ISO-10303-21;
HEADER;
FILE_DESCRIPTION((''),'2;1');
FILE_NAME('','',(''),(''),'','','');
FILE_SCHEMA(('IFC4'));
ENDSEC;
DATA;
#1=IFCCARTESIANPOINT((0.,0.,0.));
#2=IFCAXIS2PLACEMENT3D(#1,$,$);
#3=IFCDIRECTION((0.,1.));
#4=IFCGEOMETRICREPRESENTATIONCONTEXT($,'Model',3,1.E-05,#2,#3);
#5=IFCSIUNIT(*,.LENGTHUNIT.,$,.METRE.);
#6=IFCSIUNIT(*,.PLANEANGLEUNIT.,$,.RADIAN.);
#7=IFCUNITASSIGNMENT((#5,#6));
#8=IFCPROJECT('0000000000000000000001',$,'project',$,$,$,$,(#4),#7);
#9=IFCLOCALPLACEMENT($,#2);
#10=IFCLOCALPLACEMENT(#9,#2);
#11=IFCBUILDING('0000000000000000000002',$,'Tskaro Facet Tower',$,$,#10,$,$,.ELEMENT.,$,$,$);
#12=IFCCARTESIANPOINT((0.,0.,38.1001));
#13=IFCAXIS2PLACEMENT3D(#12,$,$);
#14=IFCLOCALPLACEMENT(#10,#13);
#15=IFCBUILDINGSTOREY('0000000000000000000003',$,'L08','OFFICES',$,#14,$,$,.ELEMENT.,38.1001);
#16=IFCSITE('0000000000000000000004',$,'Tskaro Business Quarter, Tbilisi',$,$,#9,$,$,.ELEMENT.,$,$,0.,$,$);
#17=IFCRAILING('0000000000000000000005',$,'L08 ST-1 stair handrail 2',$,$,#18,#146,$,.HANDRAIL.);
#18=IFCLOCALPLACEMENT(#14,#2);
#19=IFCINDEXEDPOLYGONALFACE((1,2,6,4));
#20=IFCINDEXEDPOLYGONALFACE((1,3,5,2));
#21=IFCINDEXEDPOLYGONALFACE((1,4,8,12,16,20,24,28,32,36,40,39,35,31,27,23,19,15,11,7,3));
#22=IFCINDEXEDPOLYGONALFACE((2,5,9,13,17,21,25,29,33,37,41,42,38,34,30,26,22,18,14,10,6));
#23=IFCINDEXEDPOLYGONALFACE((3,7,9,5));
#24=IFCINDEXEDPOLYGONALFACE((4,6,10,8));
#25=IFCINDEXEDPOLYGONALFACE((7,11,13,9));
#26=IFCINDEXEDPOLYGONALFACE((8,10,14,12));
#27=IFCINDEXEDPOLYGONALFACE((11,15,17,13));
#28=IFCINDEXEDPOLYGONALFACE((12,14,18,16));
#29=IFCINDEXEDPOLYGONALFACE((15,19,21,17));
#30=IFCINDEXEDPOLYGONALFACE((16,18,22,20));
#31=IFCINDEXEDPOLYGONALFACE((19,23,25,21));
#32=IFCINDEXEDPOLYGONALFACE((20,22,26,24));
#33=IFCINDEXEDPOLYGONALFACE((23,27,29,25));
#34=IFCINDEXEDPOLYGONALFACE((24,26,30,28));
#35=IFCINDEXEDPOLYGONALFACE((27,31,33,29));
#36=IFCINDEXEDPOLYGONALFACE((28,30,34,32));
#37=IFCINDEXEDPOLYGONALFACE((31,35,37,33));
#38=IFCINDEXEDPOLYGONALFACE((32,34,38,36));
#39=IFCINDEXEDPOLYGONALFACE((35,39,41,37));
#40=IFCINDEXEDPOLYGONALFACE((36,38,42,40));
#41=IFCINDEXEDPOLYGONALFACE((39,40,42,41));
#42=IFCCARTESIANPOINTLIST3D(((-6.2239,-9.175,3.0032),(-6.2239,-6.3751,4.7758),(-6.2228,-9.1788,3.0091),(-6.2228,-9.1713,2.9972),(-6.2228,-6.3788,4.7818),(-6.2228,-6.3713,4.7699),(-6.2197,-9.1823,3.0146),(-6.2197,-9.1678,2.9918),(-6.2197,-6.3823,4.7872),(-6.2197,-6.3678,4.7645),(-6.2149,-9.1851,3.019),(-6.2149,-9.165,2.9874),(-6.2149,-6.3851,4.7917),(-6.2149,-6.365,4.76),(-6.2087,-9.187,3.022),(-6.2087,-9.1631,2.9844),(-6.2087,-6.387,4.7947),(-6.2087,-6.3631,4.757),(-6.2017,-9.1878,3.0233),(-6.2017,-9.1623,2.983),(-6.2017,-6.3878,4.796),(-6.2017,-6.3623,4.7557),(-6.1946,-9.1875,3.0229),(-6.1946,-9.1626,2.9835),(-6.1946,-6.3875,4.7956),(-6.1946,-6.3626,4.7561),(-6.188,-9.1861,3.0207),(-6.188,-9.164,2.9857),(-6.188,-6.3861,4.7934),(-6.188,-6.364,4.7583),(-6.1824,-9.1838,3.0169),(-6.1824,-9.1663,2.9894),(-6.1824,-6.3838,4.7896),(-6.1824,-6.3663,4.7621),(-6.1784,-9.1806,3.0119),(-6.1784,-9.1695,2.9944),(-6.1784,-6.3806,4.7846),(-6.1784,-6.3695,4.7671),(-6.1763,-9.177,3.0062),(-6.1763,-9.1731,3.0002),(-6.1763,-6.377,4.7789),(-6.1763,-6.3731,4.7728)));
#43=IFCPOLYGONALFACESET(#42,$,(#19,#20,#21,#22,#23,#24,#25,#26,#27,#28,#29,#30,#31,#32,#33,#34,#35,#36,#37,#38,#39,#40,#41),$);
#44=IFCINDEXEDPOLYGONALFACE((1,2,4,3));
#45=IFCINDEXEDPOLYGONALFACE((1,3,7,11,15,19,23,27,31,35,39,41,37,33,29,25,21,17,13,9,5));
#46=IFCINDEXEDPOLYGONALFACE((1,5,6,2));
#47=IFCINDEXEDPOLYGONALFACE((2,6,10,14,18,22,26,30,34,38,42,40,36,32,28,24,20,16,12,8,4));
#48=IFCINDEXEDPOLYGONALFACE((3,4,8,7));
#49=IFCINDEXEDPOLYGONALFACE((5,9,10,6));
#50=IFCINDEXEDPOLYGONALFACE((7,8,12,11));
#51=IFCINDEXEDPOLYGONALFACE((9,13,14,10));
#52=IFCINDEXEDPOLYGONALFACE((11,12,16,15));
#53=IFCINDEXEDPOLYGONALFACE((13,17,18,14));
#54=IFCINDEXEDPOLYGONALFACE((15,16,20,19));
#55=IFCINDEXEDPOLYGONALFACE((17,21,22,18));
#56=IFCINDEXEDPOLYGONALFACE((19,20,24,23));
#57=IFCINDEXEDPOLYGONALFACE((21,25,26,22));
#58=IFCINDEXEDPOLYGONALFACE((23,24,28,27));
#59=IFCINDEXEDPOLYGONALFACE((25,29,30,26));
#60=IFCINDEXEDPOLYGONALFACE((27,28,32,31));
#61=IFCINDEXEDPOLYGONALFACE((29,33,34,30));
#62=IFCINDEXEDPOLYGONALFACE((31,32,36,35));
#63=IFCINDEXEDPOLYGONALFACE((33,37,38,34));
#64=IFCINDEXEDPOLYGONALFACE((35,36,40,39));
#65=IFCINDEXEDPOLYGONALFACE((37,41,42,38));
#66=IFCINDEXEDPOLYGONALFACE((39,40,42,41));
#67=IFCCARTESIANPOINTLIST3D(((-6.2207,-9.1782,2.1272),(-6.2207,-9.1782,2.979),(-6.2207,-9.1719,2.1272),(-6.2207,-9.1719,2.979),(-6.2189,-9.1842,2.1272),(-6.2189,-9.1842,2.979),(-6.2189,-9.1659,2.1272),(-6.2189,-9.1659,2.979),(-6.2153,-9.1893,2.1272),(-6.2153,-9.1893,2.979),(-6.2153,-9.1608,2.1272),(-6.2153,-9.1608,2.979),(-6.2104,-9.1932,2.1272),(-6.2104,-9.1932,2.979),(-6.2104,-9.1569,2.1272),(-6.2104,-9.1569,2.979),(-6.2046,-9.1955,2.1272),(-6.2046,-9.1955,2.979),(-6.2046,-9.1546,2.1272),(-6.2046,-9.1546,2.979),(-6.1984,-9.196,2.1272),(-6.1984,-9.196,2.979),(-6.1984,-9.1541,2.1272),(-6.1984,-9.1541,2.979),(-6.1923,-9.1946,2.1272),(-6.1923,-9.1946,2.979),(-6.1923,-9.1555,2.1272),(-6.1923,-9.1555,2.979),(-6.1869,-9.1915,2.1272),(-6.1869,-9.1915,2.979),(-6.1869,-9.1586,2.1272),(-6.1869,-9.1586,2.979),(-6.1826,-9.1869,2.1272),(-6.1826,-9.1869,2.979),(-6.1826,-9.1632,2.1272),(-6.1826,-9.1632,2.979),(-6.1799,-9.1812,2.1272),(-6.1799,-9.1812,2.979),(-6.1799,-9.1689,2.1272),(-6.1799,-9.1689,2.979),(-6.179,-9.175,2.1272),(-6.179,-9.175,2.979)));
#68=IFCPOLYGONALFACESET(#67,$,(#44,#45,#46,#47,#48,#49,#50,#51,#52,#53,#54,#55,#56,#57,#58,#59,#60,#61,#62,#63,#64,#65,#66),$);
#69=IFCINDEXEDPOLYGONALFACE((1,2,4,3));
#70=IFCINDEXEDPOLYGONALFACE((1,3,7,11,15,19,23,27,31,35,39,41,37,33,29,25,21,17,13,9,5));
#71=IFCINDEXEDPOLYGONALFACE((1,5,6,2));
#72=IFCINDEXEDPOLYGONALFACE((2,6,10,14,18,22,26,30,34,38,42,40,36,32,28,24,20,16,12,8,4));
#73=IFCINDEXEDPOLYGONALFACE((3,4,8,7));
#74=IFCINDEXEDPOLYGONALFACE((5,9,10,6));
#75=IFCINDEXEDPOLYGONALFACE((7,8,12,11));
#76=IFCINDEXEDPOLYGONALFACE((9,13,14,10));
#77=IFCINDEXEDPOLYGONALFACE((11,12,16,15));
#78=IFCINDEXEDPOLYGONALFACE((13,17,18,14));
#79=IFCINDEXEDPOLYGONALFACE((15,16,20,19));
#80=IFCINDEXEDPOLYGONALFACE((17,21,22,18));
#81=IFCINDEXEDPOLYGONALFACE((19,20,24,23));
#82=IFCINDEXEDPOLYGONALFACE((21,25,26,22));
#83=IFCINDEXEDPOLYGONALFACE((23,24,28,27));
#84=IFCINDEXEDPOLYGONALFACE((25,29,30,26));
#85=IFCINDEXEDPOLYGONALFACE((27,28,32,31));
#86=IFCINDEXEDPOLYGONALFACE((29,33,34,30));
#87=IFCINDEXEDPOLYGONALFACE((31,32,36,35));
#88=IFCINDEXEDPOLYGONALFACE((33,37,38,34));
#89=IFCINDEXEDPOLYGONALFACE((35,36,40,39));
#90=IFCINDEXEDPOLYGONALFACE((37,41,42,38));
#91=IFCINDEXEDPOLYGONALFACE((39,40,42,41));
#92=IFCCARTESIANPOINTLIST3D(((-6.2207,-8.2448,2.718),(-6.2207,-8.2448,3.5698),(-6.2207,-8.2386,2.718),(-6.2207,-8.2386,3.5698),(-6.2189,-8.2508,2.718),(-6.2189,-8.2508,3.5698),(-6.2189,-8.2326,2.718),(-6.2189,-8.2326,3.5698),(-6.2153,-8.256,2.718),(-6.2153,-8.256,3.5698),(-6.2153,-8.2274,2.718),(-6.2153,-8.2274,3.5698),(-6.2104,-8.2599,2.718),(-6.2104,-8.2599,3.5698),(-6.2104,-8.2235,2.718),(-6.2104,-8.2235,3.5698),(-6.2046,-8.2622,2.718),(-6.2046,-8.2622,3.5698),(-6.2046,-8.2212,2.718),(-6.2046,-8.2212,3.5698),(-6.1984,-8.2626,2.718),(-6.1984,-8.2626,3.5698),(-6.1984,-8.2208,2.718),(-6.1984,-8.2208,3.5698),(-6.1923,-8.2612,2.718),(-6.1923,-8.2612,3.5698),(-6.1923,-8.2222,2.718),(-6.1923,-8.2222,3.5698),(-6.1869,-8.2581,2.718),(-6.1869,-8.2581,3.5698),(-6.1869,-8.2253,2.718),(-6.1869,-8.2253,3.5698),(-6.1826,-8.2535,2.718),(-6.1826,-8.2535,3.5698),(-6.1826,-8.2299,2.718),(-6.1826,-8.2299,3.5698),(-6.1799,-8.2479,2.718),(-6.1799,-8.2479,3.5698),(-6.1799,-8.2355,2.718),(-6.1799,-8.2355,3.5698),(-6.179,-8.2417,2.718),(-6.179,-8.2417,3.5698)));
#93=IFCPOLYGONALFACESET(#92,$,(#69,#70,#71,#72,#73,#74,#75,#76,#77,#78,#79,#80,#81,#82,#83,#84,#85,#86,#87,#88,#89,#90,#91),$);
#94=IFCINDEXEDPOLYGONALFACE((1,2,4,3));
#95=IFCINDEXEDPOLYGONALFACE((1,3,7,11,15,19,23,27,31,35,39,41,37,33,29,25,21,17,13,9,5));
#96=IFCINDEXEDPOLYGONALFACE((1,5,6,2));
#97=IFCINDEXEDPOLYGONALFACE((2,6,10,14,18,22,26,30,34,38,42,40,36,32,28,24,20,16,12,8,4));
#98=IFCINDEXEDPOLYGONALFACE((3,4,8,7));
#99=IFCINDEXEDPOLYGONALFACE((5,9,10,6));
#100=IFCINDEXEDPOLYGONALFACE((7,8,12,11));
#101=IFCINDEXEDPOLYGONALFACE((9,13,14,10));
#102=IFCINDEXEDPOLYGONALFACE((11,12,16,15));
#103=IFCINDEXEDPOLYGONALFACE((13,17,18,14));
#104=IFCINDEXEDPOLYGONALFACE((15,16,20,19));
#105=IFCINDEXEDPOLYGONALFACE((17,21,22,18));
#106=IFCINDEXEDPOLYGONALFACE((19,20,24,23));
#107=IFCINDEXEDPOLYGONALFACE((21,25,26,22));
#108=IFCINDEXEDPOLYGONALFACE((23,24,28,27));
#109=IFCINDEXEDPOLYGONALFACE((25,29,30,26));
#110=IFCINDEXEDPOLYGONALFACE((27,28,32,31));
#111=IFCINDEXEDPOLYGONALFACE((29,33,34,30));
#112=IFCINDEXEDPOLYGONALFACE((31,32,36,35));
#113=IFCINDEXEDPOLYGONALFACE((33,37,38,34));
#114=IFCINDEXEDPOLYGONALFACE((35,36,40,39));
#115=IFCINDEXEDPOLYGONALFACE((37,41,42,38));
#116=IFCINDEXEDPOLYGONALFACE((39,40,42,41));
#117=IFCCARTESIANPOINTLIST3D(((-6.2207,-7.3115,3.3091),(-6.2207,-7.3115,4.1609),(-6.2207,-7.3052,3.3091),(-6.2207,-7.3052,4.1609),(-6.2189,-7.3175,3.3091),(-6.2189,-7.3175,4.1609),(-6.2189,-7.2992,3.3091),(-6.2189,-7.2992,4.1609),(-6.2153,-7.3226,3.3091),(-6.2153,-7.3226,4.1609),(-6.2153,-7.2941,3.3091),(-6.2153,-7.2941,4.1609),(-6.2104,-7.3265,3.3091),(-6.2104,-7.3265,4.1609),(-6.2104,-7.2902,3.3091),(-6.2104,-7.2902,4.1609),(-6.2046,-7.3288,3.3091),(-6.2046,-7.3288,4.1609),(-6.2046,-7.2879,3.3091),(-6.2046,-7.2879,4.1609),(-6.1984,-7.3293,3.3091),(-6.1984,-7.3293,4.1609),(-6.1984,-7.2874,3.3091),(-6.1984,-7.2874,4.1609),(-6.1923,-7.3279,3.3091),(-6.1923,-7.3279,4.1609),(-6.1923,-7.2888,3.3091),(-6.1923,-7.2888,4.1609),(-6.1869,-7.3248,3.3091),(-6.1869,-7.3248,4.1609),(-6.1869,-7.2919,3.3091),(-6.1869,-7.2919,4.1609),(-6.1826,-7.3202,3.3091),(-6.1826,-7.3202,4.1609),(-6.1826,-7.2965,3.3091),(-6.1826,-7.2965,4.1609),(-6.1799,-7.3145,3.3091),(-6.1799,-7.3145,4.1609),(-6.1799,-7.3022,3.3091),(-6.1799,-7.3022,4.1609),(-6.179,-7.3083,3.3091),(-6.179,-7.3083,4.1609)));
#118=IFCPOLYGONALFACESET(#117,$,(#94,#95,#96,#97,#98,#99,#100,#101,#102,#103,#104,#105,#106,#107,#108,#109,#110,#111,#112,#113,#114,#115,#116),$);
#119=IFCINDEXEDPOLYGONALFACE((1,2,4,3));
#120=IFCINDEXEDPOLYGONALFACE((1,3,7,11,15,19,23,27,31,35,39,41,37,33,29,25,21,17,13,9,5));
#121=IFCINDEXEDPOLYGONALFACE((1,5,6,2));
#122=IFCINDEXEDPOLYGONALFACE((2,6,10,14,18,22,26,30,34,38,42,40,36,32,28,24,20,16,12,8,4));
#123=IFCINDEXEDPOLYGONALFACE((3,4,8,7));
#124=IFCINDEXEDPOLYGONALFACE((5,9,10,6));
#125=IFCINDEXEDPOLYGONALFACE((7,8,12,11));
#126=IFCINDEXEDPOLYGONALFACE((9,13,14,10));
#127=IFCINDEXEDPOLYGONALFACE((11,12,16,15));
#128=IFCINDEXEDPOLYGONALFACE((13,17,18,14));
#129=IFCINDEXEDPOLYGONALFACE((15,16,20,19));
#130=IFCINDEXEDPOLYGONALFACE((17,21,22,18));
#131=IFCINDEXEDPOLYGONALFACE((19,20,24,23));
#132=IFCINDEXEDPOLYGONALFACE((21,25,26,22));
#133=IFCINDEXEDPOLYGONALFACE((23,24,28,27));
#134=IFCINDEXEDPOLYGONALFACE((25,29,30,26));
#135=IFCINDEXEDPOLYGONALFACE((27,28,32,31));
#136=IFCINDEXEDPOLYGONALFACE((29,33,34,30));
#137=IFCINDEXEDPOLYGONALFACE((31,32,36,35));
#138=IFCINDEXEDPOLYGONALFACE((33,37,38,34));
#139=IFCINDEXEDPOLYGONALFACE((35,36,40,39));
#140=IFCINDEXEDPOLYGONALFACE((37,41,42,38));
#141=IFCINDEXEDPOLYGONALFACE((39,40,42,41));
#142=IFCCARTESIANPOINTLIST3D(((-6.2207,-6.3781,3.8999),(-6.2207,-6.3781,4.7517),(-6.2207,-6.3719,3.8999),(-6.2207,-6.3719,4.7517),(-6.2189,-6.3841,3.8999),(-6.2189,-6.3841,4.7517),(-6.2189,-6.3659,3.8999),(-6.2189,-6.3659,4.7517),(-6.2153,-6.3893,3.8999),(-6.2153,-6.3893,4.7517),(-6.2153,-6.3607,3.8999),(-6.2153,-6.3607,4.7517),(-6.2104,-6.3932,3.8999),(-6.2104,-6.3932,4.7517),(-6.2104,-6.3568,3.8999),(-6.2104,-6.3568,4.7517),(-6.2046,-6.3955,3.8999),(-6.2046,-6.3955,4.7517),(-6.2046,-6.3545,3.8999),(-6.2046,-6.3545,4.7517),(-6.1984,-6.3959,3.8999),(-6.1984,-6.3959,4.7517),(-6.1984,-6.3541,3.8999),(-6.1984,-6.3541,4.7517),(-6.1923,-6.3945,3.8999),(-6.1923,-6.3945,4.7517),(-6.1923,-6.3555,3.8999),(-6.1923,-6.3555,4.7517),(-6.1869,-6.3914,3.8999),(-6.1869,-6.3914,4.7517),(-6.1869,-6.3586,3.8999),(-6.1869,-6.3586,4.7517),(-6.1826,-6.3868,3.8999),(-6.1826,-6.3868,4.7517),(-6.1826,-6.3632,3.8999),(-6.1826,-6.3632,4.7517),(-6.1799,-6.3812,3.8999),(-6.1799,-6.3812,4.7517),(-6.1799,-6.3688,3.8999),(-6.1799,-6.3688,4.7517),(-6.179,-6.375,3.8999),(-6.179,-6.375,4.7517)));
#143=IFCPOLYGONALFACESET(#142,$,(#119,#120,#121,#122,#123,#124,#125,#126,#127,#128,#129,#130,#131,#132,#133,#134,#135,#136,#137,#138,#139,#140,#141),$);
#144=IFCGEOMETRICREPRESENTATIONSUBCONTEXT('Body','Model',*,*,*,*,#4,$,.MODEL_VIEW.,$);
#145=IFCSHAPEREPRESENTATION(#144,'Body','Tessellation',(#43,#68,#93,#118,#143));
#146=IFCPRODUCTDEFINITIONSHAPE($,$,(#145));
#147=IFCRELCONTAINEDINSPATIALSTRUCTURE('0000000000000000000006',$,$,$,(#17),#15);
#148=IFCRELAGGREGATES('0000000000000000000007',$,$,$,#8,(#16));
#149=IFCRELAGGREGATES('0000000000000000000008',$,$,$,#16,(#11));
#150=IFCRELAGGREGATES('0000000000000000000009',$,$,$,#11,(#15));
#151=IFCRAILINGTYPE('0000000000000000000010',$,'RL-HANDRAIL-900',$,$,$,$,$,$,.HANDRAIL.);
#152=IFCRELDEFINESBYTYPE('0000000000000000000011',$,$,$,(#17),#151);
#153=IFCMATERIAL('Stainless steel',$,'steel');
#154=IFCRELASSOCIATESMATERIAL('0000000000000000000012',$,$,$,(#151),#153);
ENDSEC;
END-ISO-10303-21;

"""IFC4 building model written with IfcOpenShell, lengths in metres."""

from ifc_helpers import new_model, si_unit, direction, frame, origin, origin_2d, place, context, subcontext, project, spatial, circle, extrude, material, type_object, element, save


model = new_model("IFC4")

# Units and contexts
model_context = context("Model", 3, precision=1e-05, world=origin(), true_north=direction((0.0, 1.0)))
body_context = subcontext(model_context, "Body", "Model", "MODEL_VIEW")
ifc_project = project(units=[si_unit("LENGTHUNIT", "METRE"), si_unit("PLANEANGLEUNIT", "RADIAN")], contexts=[model_context])

# Site, building, storey
site_placement = place(None, origin())
site = spatial("IfcSite", under=ifc_project, at=site_placement, Name="Tskaro Business Quarter, Tbilisi", CompositionType="ELEMENT", RefElevation=0.0)
building_placement = place(site_placement, origin())
building = spatial("IfcBuilding", under=site, at=building_placement, Name="Tskaro Facet Tower", CompositionType="ELEMENT")
storey_placement = place(building_placement, frame((0.0, 0.0, 38.1001)))
storey = spatial("IfcBuildingStorey", under=building, at=storey_placement, Name="L08", Description="OFFICES", CompositionType="ELEMENT", Elevation=38.1001)

# Shared definitions
ifc_material_1 = material(Name="Stainless steel", Category="steel")

# Railing
railing_type_1 = type_object("IfcRailingType", Name="RL-HANDRAIL-900", PredefinedType="HANDRAIL", material=ifc_material_1)
railing_1_placement = place(storey_placement, frame((-6.2, -9.175, 2.1272)))
element("IfcRailing", 1, at=railing_1_placement, inside=storey, type_object=railing_type_1, Name="L08 ST-1 stair handrail 2", PredefinedType="HANDRAIL", context=body_context, shape_type="SweptSolid", body=[
    extrude(circle(Radius=0.0239, at=origin_2d()), frame((0.0, 0.0, 0.876), z_axis=(0.0, 0.844909, 0.53491), x_axis=(-1.0, 0.0, 0.0)), (0.0, 0.0, 1.0), 3.314),
    extrude(circle(Radius=0.021, at=origin_2d()), origin(), (0.0, 0.0, 1.0), 0.8518),
    extrude(circle(Radius=0.021, at=origin_2d()), frame((0.0, 0.9333, 0.5908)), (0.0, 0.0, 1.0), 0.8518),
    extrude(circle(Radius=0.021, at=origin_2d()), frame((0.0, 1.8667, 1.1819)), (0.0, 0.0, 1.0), 0.8518),
    extrude(circle(Radius=0.021, at=origin_2d()), frame((0.0, 2.8, 1.7727)), (0.0, 0.0, 1.0), 0.8518),
])

save(model, "model.ifc")
